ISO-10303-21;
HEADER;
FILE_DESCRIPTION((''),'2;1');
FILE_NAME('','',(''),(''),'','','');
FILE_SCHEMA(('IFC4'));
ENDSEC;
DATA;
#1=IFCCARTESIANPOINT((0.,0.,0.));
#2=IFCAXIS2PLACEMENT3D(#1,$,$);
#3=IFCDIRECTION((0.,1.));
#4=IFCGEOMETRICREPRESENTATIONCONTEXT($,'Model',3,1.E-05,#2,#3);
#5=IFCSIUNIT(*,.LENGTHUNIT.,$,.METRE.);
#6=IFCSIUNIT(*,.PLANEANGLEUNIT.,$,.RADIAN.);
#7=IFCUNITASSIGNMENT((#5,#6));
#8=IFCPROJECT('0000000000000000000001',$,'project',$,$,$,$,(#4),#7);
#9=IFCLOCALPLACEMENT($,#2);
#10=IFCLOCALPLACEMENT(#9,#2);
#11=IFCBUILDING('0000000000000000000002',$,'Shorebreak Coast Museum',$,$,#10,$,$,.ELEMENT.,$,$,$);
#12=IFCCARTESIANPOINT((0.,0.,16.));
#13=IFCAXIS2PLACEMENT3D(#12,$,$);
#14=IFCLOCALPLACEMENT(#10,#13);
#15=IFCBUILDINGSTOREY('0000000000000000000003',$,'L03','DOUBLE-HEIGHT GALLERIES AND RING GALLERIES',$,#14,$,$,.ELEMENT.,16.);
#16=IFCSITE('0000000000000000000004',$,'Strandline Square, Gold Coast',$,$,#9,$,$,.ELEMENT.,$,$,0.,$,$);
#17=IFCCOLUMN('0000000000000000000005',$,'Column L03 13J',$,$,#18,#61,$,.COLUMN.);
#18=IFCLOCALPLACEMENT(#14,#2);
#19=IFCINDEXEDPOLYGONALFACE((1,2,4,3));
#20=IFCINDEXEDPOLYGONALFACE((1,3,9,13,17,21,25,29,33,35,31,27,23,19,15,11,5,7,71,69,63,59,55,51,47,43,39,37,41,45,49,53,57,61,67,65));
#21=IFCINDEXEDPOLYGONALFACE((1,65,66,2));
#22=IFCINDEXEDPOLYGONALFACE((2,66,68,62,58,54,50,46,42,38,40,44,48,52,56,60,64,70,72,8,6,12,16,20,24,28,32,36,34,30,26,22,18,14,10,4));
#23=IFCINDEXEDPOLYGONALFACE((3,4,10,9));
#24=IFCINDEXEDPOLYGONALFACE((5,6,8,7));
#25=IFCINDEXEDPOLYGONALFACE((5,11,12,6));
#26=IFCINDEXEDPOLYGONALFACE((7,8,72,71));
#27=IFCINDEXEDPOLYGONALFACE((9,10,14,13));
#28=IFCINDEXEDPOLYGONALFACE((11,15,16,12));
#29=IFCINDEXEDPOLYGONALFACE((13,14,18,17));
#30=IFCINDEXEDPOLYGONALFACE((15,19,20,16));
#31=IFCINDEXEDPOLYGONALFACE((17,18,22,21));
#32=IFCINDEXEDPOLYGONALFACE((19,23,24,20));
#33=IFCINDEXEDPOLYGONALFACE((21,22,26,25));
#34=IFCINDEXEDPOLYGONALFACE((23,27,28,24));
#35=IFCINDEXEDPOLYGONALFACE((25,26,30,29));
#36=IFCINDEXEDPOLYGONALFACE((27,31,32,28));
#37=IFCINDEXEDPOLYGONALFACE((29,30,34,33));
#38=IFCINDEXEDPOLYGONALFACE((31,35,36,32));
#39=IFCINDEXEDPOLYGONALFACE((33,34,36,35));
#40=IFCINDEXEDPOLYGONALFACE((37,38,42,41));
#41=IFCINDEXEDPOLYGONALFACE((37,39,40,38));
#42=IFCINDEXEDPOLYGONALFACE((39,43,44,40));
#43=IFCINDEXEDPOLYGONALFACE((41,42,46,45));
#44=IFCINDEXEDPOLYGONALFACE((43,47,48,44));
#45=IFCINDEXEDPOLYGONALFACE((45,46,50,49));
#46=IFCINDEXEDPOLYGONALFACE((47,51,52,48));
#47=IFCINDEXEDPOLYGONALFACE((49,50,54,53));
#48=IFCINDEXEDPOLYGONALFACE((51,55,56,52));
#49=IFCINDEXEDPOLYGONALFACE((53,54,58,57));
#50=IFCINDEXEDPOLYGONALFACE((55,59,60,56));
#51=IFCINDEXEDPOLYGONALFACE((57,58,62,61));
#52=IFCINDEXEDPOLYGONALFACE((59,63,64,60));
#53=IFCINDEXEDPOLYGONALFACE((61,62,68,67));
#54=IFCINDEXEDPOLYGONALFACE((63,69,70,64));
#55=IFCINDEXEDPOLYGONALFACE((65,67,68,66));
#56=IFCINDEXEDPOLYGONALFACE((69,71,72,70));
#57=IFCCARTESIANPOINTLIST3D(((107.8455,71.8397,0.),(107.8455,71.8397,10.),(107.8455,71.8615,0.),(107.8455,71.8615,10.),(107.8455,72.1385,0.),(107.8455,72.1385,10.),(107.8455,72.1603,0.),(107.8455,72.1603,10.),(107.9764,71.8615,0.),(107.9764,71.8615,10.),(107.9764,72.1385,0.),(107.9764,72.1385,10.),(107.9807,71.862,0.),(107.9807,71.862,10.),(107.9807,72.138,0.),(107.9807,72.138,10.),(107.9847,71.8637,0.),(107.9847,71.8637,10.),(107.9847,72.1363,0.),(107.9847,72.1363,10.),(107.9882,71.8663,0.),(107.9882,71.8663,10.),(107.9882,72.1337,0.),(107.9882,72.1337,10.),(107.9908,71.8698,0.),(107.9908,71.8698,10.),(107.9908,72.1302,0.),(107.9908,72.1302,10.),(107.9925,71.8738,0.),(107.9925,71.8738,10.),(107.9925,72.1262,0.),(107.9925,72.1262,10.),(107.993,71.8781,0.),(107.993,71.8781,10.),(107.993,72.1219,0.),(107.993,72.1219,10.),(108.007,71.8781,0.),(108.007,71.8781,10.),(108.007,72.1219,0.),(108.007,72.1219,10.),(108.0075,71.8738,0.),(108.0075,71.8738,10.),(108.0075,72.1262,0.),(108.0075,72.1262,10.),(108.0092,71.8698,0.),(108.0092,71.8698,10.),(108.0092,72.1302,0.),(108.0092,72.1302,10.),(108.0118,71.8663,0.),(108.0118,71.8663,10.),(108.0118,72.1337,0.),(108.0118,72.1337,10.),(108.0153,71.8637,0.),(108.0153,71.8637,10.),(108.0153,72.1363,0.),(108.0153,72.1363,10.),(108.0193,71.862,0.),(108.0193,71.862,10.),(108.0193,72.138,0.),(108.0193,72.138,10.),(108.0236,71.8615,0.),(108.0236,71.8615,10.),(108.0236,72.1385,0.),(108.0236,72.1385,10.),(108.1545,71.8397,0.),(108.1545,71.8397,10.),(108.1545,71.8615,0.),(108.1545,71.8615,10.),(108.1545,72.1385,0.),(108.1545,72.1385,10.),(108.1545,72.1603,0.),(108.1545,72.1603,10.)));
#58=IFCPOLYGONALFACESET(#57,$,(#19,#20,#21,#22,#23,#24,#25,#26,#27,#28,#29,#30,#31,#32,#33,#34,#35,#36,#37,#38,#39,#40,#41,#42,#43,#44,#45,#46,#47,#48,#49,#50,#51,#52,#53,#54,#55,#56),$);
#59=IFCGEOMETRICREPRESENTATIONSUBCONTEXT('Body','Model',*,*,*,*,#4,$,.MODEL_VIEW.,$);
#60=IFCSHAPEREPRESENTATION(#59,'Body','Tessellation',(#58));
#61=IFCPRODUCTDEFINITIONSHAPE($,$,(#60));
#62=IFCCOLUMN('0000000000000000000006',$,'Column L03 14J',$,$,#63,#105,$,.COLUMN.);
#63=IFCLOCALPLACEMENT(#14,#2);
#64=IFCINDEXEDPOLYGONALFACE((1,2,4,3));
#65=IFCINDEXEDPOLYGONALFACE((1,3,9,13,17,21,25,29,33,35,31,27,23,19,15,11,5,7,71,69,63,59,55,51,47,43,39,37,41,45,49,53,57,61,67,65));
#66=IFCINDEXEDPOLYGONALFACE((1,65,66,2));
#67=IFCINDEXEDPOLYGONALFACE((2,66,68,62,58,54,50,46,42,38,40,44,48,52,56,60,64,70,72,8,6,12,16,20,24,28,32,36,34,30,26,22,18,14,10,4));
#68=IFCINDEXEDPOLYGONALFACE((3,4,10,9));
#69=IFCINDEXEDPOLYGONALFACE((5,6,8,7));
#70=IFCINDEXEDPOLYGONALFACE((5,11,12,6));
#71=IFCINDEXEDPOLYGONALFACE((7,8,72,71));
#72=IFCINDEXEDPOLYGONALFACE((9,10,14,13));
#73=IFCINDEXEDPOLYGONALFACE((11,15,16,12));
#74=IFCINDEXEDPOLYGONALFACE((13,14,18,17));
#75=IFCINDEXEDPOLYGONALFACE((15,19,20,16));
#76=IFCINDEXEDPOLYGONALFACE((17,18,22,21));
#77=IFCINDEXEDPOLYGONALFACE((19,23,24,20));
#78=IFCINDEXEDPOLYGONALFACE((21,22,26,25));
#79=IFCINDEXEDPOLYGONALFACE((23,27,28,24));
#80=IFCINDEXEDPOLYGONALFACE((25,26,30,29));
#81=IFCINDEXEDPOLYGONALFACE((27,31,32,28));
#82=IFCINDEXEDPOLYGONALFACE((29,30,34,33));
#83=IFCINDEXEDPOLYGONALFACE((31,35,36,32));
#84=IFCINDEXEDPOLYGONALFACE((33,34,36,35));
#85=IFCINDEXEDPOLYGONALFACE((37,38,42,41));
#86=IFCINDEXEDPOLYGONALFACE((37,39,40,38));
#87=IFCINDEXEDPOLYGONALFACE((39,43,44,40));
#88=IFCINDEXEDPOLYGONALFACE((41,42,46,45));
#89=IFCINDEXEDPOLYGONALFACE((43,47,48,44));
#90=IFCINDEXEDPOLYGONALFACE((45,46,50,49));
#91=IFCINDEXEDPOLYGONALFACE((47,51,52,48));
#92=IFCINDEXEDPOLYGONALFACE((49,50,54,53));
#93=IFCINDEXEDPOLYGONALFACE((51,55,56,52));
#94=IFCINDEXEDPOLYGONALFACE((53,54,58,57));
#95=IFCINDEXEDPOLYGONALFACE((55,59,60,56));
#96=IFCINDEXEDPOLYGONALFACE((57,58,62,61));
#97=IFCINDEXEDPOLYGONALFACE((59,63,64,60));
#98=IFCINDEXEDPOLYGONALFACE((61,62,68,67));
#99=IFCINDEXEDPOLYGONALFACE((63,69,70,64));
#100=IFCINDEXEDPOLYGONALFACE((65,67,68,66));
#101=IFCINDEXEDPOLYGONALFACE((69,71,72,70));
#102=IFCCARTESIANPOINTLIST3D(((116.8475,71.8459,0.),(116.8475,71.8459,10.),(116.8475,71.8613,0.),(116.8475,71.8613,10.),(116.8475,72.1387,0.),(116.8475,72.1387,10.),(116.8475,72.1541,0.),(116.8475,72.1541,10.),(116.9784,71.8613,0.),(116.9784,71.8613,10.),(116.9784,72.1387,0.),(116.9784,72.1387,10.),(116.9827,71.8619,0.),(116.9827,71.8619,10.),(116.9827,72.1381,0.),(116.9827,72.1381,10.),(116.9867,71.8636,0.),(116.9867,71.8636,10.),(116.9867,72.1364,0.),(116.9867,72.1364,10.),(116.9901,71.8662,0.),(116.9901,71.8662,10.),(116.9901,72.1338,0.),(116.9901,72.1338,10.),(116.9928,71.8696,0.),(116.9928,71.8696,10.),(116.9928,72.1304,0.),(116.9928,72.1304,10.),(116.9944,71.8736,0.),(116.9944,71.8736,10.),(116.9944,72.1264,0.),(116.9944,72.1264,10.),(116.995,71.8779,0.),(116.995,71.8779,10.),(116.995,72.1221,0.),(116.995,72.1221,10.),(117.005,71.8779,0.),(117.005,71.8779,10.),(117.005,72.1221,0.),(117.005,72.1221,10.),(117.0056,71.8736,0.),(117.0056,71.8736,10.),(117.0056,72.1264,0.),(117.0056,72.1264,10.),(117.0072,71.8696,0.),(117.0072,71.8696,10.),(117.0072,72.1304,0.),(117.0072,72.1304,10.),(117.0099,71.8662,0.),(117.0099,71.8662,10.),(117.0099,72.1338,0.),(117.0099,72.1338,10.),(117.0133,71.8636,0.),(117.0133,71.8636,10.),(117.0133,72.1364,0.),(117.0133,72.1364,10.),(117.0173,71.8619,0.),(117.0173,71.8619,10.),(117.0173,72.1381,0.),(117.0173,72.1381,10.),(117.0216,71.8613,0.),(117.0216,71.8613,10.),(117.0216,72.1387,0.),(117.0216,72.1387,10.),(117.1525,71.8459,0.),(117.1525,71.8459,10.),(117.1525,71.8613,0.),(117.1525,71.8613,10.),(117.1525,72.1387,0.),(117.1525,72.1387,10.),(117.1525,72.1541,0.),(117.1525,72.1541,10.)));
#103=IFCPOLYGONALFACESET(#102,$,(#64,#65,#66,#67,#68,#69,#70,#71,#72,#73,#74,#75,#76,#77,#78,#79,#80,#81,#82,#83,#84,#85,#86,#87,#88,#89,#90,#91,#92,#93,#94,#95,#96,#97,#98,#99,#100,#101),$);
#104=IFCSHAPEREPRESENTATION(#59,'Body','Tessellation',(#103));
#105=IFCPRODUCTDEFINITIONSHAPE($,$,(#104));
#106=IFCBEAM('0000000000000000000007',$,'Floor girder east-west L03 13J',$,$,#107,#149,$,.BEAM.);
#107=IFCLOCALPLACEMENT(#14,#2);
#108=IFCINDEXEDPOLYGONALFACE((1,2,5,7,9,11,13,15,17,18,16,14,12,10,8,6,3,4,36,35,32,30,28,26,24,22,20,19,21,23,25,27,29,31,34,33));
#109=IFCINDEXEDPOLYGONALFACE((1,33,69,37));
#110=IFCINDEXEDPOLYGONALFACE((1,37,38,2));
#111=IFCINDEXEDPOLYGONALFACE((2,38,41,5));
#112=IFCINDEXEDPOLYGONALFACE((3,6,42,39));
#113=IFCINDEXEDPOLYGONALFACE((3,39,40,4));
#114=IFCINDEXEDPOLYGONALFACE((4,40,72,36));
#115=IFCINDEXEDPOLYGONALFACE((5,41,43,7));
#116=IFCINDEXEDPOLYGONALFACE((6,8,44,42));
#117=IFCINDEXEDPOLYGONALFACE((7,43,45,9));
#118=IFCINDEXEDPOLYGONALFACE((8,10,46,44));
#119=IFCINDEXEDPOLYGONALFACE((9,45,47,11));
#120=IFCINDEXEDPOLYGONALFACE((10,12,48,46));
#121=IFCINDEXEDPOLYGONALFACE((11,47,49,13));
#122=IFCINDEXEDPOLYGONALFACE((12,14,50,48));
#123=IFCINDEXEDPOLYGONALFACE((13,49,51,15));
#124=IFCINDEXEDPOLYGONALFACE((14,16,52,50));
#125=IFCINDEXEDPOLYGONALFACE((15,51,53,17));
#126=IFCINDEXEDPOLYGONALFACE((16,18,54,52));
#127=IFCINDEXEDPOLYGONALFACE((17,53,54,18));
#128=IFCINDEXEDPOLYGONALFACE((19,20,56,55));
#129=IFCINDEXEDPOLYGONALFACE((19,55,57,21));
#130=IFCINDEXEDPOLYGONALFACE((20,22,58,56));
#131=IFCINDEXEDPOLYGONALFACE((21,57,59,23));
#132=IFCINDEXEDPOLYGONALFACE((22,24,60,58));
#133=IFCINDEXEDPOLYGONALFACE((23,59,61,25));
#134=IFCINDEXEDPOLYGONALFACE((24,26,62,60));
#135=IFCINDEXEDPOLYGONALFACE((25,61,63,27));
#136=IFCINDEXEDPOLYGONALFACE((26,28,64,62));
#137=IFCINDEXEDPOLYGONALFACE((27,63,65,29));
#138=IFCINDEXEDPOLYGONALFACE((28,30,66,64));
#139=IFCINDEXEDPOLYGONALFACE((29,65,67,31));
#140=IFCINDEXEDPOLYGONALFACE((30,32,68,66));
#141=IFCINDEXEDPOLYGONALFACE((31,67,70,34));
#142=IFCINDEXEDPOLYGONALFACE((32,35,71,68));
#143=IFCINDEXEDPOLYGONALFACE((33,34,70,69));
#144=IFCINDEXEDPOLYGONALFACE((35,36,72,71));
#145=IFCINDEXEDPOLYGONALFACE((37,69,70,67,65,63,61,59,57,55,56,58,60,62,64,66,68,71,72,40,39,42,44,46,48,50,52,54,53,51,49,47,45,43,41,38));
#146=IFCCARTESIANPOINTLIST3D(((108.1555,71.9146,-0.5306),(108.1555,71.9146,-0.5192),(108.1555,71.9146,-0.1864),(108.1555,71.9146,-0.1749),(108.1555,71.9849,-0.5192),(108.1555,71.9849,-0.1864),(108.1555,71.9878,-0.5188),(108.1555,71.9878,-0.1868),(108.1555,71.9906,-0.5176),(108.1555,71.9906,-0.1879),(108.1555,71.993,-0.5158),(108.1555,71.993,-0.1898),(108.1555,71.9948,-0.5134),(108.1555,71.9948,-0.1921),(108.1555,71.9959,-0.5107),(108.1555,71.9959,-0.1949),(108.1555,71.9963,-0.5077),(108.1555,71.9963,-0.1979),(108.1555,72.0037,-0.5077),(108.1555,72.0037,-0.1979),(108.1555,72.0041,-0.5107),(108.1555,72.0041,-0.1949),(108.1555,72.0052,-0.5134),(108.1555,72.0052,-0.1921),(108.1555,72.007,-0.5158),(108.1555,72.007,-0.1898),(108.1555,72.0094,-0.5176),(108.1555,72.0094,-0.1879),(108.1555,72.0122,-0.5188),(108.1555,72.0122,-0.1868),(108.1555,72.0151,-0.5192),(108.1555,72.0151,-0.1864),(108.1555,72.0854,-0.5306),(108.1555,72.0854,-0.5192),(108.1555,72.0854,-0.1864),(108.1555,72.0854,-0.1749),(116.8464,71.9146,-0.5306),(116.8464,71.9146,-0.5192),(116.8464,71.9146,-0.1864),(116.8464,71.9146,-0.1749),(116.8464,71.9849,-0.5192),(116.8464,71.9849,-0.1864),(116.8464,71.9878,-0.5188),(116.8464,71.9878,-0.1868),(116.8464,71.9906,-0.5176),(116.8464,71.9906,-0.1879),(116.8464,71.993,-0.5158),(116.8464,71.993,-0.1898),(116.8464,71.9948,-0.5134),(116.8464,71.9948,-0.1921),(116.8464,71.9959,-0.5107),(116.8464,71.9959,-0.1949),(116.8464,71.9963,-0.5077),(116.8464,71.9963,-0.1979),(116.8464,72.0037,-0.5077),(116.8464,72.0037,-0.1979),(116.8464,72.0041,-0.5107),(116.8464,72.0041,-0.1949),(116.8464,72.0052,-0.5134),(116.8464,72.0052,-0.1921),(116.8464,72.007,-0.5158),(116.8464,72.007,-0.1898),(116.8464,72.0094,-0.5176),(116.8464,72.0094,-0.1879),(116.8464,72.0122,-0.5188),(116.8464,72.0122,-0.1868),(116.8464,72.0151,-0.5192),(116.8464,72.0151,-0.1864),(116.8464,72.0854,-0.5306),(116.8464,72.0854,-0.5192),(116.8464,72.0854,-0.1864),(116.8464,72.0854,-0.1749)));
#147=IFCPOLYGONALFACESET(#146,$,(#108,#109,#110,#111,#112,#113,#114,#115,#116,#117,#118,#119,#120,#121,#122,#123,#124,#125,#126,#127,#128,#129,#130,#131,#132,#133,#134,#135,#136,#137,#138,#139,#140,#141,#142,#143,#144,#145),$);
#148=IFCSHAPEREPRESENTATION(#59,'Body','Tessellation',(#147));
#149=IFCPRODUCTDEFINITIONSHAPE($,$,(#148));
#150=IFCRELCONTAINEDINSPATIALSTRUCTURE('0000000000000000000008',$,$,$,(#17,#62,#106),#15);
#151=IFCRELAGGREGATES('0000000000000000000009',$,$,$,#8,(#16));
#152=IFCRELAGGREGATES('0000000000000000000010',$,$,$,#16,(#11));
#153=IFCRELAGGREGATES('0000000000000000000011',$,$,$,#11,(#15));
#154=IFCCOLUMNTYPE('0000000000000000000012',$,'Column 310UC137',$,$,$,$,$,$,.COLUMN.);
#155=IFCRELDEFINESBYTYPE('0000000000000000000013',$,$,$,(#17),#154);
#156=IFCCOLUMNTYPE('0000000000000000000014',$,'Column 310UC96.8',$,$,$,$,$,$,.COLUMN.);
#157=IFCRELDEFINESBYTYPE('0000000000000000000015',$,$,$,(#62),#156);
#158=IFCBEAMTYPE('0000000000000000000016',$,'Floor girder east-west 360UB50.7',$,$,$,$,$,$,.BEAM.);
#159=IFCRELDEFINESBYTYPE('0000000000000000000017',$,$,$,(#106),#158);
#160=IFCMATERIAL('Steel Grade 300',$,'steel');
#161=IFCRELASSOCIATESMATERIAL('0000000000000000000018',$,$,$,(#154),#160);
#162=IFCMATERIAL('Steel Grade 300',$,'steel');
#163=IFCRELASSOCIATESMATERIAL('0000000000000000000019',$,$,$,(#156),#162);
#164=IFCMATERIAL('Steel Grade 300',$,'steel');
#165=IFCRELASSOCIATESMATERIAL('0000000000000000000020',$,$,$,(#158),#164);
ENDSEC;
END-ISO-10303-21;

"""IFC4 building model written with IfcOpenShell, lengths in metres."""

from ifc_helpers import new_model, si_unit, direction, frame, origin, origin_2d, place, context, subcontext, project, spatial, i_section, extrude, material, material_profile, profile_set, type_object, element, save


model = new_model("IFC4")

# Units and contexts
model_context = context("Model", 3, precision=1e-05, world=origin(), true_north=direction((0.0, 1.0)))
body_context = subcontext(model_context, "Body", "Model", "MODEL_VIEW")
ifc_project = project(units=[si_unit("LENGTHUNIT", "METRE"), si_unit("PLANEANGLEUNIT", "RADIAN")], contexts=[model_context])

# Site, building, storey
site_placement = place(None, origin())
site = spatial("IfcSite", under=ifc_project, at=site_placement, Name="Strandline Square, Gold Coast", CompositionType="ELEMENT", RefElevation=0.0)
building_placement = place(site_placement, origin())
building = spatial("IfcBuilding", under=site, at=building_placement, Name="Shorebreak Coast Museum", CompositionType="ELEMENT")
storey_placement = place(building_placement, frame((0.0, 0.0, 16.0)))
storey = spatial("IfcBuildingStorey", under=building, at=storey_placement, Name="L03", Description="DOUBLE-HEIGHT GALLERIES AND RING GALLERIES", CompositionType="ELEMENT", Elevation=16.0)

# Columns
ifc_material_1 = material(Name="Steel Grade 300", Category="steel")
ifc_material_profile_1 = material_profile(ifc_material_1, i_section(OverallWidth=0.3091, OverallDepth=0.3206, WebThickness=0.0139, FlangeThickness=0.0217, FilletRadius=0.0166, at=origin_2d()), Name="310UC137")
ifc_profile_set_1 = profile_set([ifc_material_profile_1], Name="Steel Grade 300")
column_type_1 = type_object("IfcColumnType", Name="Column 310UC137", PredefinedType="COLUMN", material=ifc_profile_set_1)
column_1_placement = place(storey_placement, frame((108.0, 72.0, 0.0), z_axis=(0.0, 0.0, 1.0), x_axis=(1.0, 0.0, 0.0)))
element("IfcColumn", 1, at=column_1_placement, inside=storey, type_object=column_type_1, Name="Column L03 13J", PredefinedType="COLUMN", context=body_context, shape_type="SweptSolid", body=[
    extrude(i_section(OverallWidth=0.3091, OverallDepth=0.3206, WebThickness=0.0139, FlangeThickness=0.0217, FilletRadius=0.0166, at=origin_2d()), origin(), (0.0, 0.0, 1.0), 10.0),
])
ifc_material_2 = material(Name="Steel Grade 300", Category="steel")
ifc_material_profile_2 = material_profile(ifc_material_2, i_section(OverallWidth=0.3049, OverallDepth=0.3081, WebThickness=0.01, FlangeThickness=0.0154, FilletRadius=0.0166, at=origin_2d()), Name="310UC96.8")
ifc_profile_set_2 = profile_set([ifc_material_profile_2], Name="Steel Grade 300")
column_type_2 = type_object("IfcColumnType", Name="Column 310UC96.8", PredefinedType="COLUMN", material=ifc_profile_set_2)
column_2_placement = place(storey_placement, frame((117.0, 72.0, 0.0), z_axis=(0.0, 0.0, 1.0), x_axis=(1.0, 0.0, 0.0)))
element("IfcColumn", 2, at=column_2_placement, inside=storey, type_object=column_type_2, Name="Column L03 14J", PredefinedType="COLUMN", context=body_context, shape_type="SweptSolid", body=[
    extrude(i_section(OverallWidth=0.3049, OverallDepth=0.3081, WebThickness=0.01, FlangeThickness=0.0154, FilletRadius=0.0166, at=origin_2d()), origin(), (0.0, 0.0, 1.0), 10.0),
])

# Beam
ifc_material_3 = material(Name="Steel Grade 300", Category="steel")
ifc_material_profile_3 = material_profile(ifc_material_3, i_section(OverallWidth=0.1709, OverallDepth=0.3557, WebThickness=0.0073, FlangeThickness=0.0115, FilletRadius=0.0115, at=origin_2d()), Name="360UB50.7")
ifc_profile_set_3 = profile_set([ifc_material_profile_3], Name="Steel Grade 300")
beam_type_1 = type_object("IfcBeamType", Name="Floor girder east-west 360UB50.7", PredefinedType="BEAM", material=ifc_profile_set_3)
beam_placement = place(storey_placement, frame((108.1555, 72.0, -0.3528), z_axis=(1.0, 0.0, 0.0), x_axis=(0.0, 1.0, 0.0)))
element("IfcBeam", 3, at=beam_placement, inside=storey, type_object=beam_type_1, Name="Floor girder east-west L03 13J", PredefinedType="BEAM", context=body_context, shape_type="SweptSolid", body=[
    extrude(i_section(OverallWidth=0.1709, OverallDepth=0.3557, WebThickness=0.0073, FlangeThickness=0.0115, FilletRadius=0.0115, at=origin_2d()), origin(), (0.0, 0.0, 1.0), 8.6909),
])

save(model, "model.ifc")
